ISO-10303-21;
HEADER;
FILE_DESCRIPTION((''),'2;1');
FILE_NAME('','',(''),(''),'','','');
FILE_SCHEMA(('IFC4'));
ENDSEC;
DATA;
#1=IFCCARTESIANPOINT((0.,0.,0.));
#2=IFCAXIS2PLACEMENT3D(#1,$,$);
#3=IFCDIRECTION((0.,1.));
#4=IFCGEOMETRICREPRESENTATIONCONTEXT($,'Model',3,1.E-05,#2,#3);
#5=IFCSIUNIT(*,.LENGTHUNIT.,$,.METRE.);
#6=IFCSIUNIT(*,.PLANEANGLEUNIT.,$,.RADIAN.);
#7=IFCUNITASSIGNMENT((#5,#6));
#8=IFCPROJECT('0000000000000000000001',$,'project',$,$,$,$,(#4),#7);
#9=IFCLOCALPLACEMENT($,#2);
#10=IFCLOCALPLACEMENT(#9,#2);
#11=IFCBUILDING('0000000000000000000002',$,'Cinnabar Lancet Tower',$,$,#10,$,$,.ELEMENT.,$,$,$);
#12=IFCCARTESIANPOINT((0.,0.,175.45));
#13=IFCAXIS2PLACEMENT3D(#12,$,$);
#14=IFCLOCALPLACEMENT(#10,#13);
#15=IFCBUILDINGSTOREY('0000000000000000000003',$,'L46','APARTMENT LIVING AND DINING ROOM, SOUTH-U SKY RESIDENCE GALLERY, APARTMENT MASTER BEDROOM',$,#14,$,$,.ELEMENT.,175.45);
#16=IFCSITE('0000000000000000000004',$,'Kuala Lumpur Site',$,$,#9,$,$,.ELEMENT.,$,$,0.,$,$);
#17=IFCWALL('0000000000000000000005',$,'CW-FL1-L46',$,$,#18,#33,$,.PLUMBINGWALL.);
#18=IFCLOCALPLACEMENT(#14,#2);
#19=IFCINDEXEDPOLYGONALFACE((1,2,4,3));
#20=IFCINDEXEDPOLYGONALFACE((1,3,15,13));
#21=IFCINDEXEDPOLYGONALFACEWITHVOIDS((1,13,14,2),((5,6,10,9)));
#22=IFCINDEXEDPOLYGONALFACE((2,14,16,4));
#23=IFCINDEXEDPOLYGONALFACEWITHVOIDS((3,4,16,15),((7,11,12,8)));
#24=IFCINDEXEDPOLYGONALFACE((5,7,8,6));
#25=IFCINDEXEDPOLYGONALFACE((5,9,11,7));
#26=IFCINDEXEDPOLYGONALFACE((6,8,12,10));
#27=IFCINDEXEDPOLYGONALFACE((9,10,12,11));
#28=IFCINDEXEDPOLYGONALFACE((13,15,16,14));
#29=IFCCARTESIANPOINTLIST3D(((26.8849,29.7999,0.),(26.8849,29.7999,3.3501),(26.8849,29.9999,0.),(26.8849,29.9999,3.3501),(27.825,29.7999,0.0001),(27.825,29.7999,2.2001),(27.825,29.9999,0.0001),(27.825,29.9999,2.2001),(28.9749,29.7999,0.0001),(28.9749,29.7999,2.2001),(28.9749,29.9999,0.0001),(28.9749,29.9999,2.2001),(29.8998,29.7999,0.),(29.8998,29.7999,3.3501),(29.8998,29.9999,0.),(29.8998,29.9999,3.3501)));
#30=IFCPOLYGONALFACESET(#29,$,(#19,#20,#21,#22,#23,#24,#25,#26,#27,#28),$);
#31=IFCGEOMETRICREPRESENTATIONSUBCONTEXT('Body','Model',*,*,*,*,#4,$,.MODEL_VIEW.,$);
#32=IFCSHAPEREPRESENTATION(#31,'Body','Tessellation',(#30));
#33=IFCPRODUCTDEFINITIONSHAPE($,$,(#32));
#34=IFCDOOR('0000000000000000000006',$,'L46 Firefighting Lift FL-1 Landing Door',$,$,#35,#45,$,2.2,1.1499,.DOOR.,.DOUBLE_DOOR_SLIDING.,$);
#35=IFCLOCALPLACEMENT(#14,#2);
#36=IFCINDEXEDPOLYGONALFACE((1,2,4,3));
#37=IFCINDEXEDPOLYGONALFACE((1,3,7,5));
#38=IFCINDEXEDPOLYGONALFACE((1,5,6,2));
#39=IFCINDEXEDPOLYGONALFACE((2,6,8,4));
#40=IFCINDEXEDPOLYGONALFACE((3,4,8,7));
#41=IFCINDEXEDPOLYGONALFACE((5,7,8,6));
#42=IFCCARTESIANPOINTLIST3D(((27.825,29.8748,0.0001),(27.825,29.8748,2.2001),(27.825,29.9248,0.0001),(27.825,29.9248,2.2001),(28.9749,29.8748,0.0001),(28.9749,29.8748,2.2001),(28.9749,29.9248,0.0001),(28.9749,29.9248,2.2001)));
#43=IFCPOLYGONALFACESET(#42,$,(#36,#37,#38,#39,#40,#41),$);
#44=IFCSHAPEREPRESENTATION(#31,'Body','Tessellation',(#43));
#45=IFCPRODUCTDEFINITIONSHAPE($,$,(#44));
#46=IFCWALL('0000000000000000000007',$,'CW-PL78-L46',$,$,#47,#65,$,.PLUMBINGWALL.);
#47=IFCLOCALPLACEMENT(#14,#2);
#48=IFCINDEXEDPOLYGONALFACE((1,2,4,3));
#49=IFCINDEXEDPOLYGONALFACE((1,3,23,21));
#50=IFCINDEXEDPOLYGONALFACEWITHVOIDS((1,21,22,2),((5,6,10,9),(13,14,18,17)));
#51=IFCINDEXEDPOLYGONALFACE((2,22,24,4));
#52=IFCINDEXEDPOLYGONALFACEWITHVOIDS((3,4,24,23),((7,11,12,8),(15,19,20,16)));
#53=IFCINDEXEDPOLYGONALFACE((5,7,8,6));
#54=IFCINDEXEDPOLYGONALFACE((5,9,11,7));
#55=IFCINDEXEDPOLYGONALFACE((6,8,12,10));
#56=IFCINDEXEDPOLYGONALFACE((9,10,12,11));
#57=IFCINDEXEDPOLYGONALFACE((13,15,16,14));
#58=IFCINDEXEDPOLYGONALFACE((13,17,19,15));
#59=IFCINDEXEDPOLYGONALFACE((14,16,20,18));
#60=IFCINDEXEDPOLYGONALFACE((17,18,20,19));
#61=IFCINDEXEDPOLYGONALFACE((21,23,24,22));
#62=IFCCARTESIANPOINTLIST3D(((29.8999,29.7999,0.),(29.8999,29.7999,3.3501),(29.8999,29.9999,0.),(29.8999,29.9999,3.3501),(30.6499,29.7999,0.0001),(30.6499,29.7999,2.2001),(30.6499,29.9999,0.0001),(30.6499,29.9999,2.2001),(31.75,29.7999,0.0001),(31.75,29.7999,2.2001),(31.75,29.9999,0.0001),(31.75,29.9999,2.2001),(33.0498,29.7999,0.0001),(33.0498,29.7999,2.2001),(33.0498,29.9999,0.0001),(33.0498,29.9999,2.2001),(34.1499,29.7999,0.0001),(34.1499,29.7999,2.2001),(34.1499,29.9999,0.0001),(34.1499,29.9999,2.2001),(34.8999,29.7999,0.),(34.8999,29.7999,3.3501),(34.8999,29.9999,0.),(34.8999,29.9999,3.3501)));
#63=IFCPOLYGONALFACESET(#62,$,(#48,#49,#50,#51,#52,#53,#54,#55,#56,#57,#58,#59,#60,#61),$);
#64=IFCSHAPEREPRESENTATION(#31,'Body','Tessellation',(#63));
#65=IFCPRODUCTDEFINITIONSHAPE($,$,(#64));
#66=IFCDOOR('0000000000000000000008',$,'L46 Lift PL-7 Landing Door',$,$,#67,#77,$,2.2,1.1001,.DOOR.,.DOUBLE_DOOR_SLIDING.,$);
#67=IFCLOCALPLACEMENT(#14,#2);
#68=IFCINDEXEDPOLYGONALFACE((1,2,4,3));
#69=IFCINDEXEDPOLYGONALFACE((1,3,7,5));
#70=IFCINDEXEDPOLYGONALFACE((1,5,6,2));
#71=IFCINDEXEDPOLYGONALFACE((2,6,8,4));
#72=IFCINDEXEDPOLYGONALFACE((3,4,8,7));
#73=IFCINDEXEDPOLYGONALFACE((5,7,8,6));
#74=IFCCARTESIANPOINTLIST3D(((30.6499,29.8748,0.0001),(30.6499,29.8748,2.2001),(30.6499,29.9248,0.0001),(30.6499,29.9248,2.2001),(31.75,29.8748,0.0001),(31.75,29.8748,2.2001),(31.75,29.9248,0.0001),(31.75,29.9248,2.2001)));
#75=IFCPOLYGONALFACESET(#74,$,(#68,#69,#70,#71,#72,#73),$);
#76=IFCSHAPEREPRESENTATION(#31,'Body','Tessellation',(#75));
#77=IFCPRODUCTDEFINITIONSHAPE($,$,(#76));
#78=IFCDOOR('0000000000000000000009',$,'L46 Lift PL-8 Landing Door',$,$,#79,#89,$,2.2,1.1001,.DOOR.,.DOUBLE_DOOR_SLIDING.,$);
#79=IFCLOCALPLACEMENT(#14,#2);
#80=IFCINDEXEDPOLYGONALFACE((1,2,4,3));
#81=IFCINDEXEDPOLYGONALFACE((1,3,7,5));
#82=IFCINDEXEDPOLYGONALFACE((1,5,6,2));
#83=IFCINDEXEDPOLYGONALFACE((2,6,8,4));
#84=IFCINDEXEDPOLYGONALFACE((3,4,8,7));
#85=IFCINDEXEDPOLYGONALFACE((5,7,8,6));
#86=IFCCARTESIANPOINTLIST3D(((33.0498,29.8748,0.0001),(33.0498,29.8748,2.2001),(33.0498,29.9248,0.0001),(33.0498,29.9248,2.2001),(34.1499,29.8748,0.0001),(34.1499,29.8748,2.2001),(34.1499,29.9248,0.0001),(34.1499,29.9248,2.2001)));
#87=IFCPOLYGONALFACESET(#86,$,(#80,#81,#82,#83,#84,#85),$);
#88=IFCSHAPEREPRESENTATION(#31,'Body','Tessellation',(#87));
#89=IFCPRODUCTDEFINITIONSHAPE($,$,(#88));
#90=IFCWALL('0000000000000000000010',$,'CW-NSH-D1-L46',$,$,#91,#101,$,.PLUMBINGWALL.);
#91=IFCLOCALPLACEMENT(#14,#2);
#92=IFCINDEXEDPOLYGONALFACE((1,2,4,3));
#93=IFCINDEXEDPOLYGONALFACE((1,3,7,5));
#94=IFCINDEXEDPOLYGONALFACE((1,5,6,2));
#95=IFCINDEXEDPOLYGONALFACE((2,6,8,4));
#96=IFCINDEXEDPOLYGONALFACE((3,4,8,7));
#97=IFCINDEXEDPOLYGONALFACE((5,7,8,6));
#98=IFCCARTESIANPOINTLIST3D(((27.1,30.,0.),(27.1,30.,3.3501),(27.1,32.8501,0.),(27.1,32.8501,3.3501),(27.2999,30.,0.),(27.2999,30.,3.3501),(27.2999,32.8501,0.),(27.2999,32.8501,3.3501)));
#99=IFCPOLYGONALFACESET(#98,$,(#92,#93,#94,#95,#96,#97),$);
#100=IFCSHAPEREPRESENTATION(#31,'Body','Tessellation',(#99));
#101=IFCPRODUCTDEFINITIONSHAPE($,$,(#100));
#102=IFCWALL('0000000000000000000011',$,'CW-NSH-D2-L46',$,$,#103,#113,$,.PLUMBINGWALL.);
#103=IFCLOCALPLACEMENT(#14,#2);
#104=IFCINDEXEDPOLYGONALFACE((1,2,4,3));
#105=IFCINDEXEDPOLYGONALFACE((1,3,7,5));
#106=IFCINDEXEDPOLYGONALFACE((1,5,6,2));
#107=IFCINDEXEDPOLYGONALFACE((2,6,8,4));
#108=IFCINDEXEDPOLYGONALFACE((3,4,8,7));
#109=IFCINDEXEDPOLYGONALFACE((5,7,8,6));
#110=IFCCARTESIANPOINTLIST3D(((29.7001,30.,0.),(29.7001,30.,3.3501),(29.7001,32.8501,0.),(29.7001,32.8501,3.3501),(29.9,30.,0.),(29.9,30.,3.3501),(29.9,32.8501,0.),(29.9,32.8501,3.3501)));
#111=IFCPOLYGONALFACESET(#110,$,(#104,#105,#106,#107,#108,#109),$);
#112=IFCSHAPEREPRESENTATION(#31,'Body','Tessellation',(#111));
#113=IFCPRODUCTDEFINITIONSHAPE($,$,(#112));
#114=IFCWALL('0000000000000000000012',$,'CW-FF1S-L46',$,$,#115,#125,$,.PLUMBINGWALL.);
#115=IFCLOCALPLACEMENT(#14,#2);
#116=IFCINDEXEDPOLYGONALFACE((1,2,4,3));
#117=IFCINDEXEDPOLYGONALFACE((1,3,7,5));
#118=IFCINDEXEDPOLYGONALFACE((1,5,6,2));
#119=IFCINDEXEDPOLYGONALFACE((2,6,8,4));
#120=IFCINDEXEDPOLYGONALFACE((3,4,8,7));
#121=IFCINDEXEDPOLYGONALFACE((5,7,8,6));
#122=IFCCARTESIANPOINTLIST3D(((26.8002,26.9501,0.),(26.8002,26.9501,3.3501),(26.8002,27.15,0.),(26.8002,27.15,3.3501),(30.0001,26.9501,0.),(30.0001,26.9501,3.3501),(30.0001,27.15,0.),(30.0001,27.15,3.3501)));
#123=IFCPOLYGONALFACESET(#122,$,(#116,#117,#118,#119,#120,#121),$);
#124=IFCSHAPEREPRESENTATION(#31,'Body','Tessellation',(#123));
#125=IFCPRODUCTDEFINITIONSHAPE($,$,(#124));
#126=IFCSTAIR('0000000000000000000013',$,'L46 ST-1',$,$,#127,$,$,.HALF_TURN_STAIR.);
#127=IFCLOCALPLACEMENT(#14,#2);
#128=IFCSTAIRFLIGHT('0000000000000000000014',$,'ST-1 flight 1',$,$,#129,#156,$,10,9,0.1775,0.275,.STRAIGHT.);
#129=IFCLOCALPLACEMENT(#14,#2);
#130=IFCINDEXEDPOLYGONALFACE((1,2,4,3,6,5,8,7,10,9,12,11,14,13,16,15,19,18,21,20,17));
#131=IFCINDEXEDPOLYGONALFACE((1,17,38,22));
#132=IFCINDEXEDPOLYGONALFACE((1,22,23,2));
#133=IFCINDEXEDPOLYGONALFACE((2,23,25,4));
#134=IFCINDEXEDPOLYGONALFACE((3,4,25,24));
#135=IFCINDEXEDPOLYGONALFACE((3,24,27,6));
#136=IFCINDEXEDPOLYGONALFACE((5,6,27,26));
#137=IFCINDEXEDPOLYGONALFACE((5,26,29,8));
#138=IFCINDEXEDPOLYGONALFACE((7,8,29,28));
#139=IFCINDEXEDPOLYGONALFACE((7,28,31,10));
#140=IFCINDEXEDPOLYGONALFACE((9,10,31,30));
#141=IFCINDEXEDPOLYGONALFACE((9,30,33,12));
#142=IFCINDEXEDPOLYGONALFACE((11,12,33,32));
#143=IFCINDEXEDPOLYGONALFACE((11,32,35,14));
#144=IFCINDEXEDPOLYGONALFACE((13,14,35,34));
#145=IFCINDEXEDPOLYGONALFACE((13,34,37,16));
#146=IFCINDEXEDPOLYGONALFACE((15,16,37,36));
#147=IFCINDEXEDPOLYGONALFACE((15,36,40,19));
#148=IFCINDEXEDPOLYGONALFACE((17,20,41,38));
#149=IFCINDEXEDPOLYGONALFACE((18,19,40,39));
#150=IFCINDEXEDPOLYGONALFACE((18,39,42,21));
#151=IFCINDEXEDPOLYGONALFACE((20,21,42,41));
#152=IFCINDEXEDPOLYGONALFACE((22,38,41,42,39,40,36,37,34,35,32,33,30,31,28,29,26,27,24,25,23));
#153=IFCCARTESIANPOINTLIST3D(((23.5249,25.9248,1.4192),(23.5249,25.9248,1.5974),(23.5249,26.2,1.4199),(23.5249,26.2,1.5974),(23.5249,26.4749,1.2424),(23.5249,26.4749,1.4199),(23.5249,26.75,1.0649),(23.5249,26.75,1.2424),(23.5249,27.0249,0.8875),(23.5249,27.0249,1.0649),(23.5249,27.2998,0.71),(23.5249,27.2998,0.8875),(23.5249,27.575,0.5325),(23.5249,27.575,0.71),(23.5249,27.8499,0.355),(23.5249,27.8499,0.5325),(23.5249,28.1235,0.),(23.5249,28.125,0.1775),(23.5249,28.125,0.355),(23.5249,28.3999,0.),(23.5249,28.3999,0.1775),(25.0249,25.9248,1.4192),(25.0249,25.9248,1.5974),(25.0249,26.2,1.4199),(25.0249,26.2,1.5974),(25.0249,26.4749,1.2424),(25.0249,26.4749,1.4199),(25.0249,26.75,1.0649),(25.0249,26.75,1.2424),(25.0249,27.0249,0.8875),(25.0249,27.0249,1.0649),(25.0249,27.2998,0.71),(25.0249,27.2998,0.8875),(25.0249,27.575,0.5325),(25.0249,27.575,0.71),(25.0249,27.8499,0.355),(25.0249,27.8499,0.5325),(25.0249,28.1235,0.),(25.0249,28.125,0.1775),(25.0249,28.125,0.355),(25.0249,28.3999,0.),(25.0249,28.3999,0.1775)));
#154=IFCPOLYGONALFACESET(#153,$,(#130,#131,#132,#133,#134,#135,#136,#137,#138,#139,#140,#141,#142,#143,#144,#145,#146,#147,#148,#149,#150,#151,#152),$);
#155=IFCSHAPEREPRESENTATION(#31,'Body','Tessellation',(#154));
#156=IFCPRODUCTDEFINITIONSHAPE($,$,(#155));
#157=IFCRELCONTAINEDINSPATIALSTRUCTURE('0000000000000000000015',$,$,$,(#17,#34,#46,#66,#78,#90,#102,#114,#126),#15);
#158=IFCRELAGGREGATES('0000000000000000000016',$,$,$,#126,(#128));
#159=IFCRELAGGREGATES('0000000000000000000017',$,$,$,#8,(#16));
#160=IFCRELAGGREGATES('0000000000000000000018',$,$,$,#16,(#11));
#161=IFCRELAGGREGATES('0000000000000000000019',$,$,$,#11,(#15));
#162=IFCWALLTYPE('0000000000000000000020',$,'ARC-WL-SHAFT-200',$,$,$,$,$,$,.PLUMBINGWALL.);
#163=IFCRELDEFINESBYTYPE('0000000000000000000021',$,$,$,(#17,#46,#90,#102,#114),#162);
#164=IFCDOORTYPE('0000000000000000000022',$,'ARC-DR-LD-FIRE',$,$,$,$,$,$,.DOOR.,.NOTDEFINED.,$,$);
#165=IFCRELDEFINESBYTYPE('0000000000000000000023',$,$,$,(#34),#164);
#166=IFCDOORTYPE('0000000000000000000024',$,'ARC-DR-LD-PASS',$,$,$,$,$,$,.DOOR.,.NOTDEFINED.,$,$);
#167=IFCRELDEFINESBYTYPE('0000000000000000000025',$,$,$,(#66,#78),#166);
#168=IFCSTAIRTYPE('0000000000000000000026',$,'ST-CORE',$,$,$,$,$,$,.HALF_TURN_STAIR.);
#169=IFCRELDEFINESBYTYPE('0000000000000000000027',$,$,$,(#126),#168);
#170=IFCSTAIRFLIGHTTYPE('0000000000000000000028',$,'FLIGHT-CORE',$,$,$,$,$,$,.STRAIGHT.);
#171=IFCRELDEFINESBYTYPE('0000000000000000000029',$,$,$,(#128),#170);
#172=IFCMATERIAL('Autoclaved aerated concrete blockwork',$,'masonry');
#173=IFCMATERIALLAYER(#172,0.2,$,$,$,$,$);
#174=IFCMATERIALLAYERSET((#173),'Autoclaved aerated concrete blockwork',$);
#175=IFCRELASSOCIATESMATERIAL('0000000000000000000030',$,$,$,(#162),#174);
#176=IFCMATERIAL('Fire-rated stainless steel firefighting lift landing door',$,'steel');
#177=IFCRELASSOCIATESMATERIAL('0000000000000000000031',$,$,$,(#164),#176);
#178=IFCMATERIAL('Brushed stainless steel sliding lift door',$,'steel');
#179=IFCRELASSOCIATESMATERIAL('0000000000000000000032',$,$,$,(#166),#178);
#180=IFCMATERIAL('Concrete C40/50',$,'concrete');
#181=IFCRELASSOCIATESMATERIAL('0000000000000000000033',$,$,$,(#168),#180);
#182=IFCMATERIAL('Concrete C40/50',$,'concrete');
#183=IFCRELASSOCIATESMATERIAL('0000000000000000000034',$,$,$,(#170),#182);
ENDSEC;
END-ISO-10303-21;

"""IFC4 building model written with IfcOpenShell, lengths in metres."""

from ifc_helpers import new_model, si_unit, direction, frame, frame_2d, origin, place, context, subcontext, project, spatial, polyline, rectangle, outline, extrude, material, layer, layer_set, type_object, element, fill, aggregate, save


model = new_model("IFC4")

# Units and contexts
model_context = context("Model", 3, precision=1e-05, world=origin(), true_north=direction((0.0, 1.0)))
body_context = subcontext(model_context, "Body", "Model", "MODEL_VIEW")
ifc_project = project(units=[si_unit("LENGTHUNIT", "METRE"), si_unit("PLANEANGLEUNIT", "RADIAN")], contexts=[model_context])

# Site, building, storey
site_placement = place(None, origin())
site = spatial("IfcSite", under=ifc_project, at=site_placement, Name="Kuala Lumpur Site", CompositionType="ELEMENT", RefElevation=0.0)
building_placement = place(site_placement, origin())
building = spatial("IfcBuilding", under=site, at=building_placement, Name="Cinnabar Lancet Tower", CompositionType="ELEMENT")
storey_placement = place(building_placement, frame((0.0, 0.0, 175.45)))
storey = spatial("IfcBuildingStorey", under=building, at=storey_placement, Name="L46", Description="APARTMENT LIVING AND DINING ROOM, SOUTH-U SKY RESIDENCE GALLERY, APARTMENT MASTER BEDROOM", CompositionType="ELEMENT", Elevation=175.45)

# Wall, opening, door
ifc_material_1 = material(Name="Autoclaved aerated concrete blockwork", Category="masonry")
ifc_layer_1 = layer(ifc_material_1, 0.2)
ifc_layer_set_1 = layer_set([ifc_layer_1], Name="Autoclaved aerated concrete blockwork")
wall_type_1 = type_object("IfcWallType", Name="ARC-WL-SHAFT-200", PredefinedType="PLUMBINGWALL", material=ifc_layer_set_1)
wall_1_placement = place(storey_placement, frame((26.885, 29.8999, 0.0), z_axis=(0.0, 0.0, 1.0), x_axis=(1.0, 0.0, 0.0)))
wall_1 = element("IfcWall", 1, at=wall_1_placement, inside=storey, type_object=wall_type_1, Name="CW-FL1-L46", PredefinedType="PLUMBINGWALL", context=body_context, shape_type="SweptSolid", body=[
    extrude(rectangle(XDim=3.0149, YDim=0.2, at=frame_2d((1.5073, 0.0))), origin(), (0.0, 0.0, 1.0), 3.3501),
])
opening_1_placement = place(wall_1_placement, frame((0.9399, 0.0, 0.0)))
opening_1 = element("IfcOpeningElement", 2, at=opening_1_placement, cuts=wall_1, PredefinedType="OPENING", context=body_context, shape_type="SweptSolid", body=[
    extrude(rectangle(XDim=1.1499, YDim=2.2, at=frame_2d((0.575, 1.1001))), frame((0.0, 0.1099, 0.0), z_axis=(0.0, -1.0, 0.0), x_axis=(1.0, 0.0, 0.0)), (0.0, 0.0, 1.0), 0.22),
])
ifc_material_2 = material(Name="Fire-rated stainless steel firefighting lift landing door", Category="steel")
door_type_1 = type_object("IfcDoorType", Name="ARC-DR-LD-FIRE", OperationType="NOTDEFINED", PredefinedType="DOOR", material=ifc_material_2)
door_1_placement = place(opening_1_placement, origin())
door_1 = element("IfcDoor", 3, at=door_1_placement, inside=storey, type_object=door_type_1, Name="L46 Firefighting Lift FL-1 Landing Door", OperationType="DOUBLE_DOOR_SLIDING", OverallHeight=2.2, OverallWidth=1.1499, PredefinedType="DOOR", context=body_context, shape_type="SweptSolid", body=[
    extrude(rectangle(XDim=1.1499, YDim=2.2, at=frame_2d((0.575, 1.1001))), frame((0.0, 0.0249, 0.0), z_axis=(0.0, -1.0, 0.0), x_axis=(1.0, 0.0, 0.0)), (0.0, 0.0, 1.0), 0.05),
])
fill(opening_1, door_1)

# Wall, openings, doors
wall_2_placement = place(storey_placement, frame((29.8999, 29.8999, 0.0), z_axis=(0.0, 0.0, 1.0), x_axis=(1.0, 0.0, 0.0)))
wall_2 = element("IfcWall", 4, at=wall_2_placement, inside=storey, type_object=wall_type_1, Name="CW-PL78-L46", PredefinedType="PLUMBINGWALL", context=body_context, shape_type="SweptSolid", body=[
    extrude(rectangle(XDim=5.0, YDim=0.2, at=frame_2d((2.5, 0.0))), origin(), (0.0, 0.0, 1.0), 3.3501),
])
opening_2_placement = place(wall_2_placement, frame((0.75, 0.0, 0.0)))
opening_2 = element("IfcOpeningElement", 5, at=opening_2_placement, cuts=wall_2, PredefinedType="OPENING", context=body_context, shape_type="SweptSolid", body=[
    extrude(rectangle(XDim=1.1001, YDim=2.2, at=frame_2d((0.55, 1.1001))), frame((0.0, 0.1099, 0.0), z_axis=(0.0, -1.0, 0.0), x_axis=(1.0, 0.0, 0.0)), (0.0, 0.0, 1.0), 0.22),
])
opening_3_placement = place(wall_2_placement, frame((3.1499, 0.0, 0.0)))
opening_3 = element("IfcOpeningElement", 6, at=opening_3_placement, cuts=wall_2, PredefinedType="OPENING", context=body_context, shape_type="SweptSolid", body=[
    extrude(rectangle(XDim=1.1001, YDim=2.2, at=frame_2d((0.55, 1.1001))), frame((0.0, 0.1099, 0.0), z_axis=(0.0, -1.0, 0.0), x_axis=(1.0, 0.0, 0.0)), (0.0, 0.0, 1.0), 0.22),
])
ifc_material_3 = material(Name="Brushed stainless steel sliding lift door", Category="steel")
door_type_2 = type_object("IfcDoorType", Name="ARC-DR-LD-PASS", OperationType="NOTDEFINED", PredefinedType="DOOR", material=ifc_material_3)
door_2_placement = place(opening_2_placement, origin())
door_2 = element("IfcDoor", 7, at=door_2_placement, inside=storey, type_object=door_type_2, Name="L46 Lift PL-7 Landing Door", OperationType="DOUBLE_DOOR_SLIDING", OverallHeight=2.2, OverallWidth=1.1001, PredefinedType="DOOR", context=body_context, shape_type="SweptSolid", body=[
    extrude(rectangle(XDim=1.1001, YDim=2.2, at=frame_2d((0.55, 1.1001))), frame((0.0, 0.0249, 0.0), z_axis=(0.0, -1.0, 0.0), x_axis=(1.0, 0.0, 0.0)), (0.0, 0.0, 1.0), 0.05),
])
fill(opening_2, door_2)
door_3_placement = place(opening_3_placement, origin())
door_3 = element("IfcDoor", 8, at=door_3_placement, inside=storey, type_object=door_type_2, Name="L46 Lift PL-8 Landing Door", OperationType="DOUBLE_DOOR_SLIDING", OverallHeight=2.2, OverallWidth=1.1001, PredefinedType="DOOR", context=body_context, shape_type="SweptSolid", body=[
    extrude(rectangle(XDim=1.1001, YDim=2.2, at=frame_2d((0.55, 1.1001))), frame((0.0, 0.0249, 0.0), z_axis=(0.0, -1.0, 0.0), x_axis=(1.0, 0.0, 0.0)), (0.0, 0.0, 1.0), 0.05),
])
fill(opening_3, door_3)

# Walls
for number, where, z_axis, x_axis, name in (
    (9, (27.2, 30.0, 0.0), (0.0, 0.0, 1.0), (0.0, 1.0, 0.0), "CW-NSH-D1-L46"),
    (10, (29.8, 30.0, 0.0), (0.0, 0.0, 1.0), (0.0, 1.0, 0.0), "CW-NSH-D2-L46"),
):
    element("IfcWall", number, at=place(storey_placement, frame(where, z_axis=z_axis, x_axis=x_axis)), inside=storey, type_object=wall_type_1, Name=name, PredefinedType="PLUMBINGWALL", context=body_context, shape_type="SweptSolid", body=[
        extrude(rectangle(XDim=2.8501, YDim=0.2, at=frame_2d((1.425, 0.0))), origin(), (0.0, 0.0, 1.0), 3.3501),
    ])

# Wall
wall_3_placement = place(storey_placement, frame((26.8, 27.05, 0.0), z_axis=(0.0, 0.0, 1.0), x_axis=(1.0, 0.0, 0.0)))
element("IfcWall", 11, at=wall_3_placement, inside=storey, type_object=wall_type_1, Name="CW-FF1S-L46", PredefinedType="PLUMBINGWALL", context=body_context, shape_type="SweptSolid", body=[
    extrude(rectangle(XDim=3.2, YDim=0.2, at=frame_2d((1.6001, 0.0))), origin(), (0.0, 0.0, 1.0), 3.3501),
])

# Stair, stair flight
ifc_material_4 = material(Name="Concrete C40/50", Category="concrete")
stair_type = type_object("IfcStairType", Name="ST-CORE", PredefinedType="HALF_TURN_STAIR", material=ifc_material_4)
stair_placement = place(storey_placement, origin())
stair = element("IfcStair", 12, at=stair_placement, inside=storey, type_object=stair_type, Name="L46 ST-1", PredefinedType="HALF_TURN_STAIR")
ifc_material_5 = material(Name="Concrete C40/50", Category="concrete")
stair_flight_type = type_object("IfcStairFlightType", Name="FLIGHT-CORE", PredefinedType="STRAIGHT", material=ifc_material_5)
stair_flight_1_placement = place(storey_placement, frame((24.2749, 28.3999, 0.0), z_axis=(0.0, 0.0, 1.0), x_axis=(0.0, -1.0, 0.0)))
stair_flight_1 = element("IfcStairFlight", 13, at=stair_flight_1_placement, type_object=stair_flight_type, Name="ST-1 flight 1", NumberOfRisers=10, NumberOfTreads=9, PredefinedType="STRAIGHT", RiserHeight=0.1775, TreadLength=0.275, context=body_context, shape_type="SweptSolid", body=[
    extrude(outline(polyline([(0.0, 0.0), (0.0, 0.1775), (0.2749, 0.1775), (0.2749, 0.355), (0.55, 0.355), (0.55, 0.5325), (0.825, 0.5325), (0.825, 0.71), (1.1001, 0.71), (1.1001, 0.8875), (1.375, 0.8875), (1.375, 1.0649), (1.6499, 1.0649), (1.6499, 1.2424), (1.925, 1.2424), (1.925, 1.4199), (2.2, 1.4199), (2.2, 1.5974), (2.4751, 1.5974), (2.4751, 1.7749), (2.4751, 1.4192), (0.2764, 0.0), (0.0, 0.0)])), frame((0.0, 0.75, 0.0), z_axis=(0.0, -1.0, 0.0), x_axis=(1.0, 0.0, 0.0)), (0.0, 0.0, 1.0), 1.5),
])
aggregate(stair, [stair_flight_1])

save(model, "model.ifc")
